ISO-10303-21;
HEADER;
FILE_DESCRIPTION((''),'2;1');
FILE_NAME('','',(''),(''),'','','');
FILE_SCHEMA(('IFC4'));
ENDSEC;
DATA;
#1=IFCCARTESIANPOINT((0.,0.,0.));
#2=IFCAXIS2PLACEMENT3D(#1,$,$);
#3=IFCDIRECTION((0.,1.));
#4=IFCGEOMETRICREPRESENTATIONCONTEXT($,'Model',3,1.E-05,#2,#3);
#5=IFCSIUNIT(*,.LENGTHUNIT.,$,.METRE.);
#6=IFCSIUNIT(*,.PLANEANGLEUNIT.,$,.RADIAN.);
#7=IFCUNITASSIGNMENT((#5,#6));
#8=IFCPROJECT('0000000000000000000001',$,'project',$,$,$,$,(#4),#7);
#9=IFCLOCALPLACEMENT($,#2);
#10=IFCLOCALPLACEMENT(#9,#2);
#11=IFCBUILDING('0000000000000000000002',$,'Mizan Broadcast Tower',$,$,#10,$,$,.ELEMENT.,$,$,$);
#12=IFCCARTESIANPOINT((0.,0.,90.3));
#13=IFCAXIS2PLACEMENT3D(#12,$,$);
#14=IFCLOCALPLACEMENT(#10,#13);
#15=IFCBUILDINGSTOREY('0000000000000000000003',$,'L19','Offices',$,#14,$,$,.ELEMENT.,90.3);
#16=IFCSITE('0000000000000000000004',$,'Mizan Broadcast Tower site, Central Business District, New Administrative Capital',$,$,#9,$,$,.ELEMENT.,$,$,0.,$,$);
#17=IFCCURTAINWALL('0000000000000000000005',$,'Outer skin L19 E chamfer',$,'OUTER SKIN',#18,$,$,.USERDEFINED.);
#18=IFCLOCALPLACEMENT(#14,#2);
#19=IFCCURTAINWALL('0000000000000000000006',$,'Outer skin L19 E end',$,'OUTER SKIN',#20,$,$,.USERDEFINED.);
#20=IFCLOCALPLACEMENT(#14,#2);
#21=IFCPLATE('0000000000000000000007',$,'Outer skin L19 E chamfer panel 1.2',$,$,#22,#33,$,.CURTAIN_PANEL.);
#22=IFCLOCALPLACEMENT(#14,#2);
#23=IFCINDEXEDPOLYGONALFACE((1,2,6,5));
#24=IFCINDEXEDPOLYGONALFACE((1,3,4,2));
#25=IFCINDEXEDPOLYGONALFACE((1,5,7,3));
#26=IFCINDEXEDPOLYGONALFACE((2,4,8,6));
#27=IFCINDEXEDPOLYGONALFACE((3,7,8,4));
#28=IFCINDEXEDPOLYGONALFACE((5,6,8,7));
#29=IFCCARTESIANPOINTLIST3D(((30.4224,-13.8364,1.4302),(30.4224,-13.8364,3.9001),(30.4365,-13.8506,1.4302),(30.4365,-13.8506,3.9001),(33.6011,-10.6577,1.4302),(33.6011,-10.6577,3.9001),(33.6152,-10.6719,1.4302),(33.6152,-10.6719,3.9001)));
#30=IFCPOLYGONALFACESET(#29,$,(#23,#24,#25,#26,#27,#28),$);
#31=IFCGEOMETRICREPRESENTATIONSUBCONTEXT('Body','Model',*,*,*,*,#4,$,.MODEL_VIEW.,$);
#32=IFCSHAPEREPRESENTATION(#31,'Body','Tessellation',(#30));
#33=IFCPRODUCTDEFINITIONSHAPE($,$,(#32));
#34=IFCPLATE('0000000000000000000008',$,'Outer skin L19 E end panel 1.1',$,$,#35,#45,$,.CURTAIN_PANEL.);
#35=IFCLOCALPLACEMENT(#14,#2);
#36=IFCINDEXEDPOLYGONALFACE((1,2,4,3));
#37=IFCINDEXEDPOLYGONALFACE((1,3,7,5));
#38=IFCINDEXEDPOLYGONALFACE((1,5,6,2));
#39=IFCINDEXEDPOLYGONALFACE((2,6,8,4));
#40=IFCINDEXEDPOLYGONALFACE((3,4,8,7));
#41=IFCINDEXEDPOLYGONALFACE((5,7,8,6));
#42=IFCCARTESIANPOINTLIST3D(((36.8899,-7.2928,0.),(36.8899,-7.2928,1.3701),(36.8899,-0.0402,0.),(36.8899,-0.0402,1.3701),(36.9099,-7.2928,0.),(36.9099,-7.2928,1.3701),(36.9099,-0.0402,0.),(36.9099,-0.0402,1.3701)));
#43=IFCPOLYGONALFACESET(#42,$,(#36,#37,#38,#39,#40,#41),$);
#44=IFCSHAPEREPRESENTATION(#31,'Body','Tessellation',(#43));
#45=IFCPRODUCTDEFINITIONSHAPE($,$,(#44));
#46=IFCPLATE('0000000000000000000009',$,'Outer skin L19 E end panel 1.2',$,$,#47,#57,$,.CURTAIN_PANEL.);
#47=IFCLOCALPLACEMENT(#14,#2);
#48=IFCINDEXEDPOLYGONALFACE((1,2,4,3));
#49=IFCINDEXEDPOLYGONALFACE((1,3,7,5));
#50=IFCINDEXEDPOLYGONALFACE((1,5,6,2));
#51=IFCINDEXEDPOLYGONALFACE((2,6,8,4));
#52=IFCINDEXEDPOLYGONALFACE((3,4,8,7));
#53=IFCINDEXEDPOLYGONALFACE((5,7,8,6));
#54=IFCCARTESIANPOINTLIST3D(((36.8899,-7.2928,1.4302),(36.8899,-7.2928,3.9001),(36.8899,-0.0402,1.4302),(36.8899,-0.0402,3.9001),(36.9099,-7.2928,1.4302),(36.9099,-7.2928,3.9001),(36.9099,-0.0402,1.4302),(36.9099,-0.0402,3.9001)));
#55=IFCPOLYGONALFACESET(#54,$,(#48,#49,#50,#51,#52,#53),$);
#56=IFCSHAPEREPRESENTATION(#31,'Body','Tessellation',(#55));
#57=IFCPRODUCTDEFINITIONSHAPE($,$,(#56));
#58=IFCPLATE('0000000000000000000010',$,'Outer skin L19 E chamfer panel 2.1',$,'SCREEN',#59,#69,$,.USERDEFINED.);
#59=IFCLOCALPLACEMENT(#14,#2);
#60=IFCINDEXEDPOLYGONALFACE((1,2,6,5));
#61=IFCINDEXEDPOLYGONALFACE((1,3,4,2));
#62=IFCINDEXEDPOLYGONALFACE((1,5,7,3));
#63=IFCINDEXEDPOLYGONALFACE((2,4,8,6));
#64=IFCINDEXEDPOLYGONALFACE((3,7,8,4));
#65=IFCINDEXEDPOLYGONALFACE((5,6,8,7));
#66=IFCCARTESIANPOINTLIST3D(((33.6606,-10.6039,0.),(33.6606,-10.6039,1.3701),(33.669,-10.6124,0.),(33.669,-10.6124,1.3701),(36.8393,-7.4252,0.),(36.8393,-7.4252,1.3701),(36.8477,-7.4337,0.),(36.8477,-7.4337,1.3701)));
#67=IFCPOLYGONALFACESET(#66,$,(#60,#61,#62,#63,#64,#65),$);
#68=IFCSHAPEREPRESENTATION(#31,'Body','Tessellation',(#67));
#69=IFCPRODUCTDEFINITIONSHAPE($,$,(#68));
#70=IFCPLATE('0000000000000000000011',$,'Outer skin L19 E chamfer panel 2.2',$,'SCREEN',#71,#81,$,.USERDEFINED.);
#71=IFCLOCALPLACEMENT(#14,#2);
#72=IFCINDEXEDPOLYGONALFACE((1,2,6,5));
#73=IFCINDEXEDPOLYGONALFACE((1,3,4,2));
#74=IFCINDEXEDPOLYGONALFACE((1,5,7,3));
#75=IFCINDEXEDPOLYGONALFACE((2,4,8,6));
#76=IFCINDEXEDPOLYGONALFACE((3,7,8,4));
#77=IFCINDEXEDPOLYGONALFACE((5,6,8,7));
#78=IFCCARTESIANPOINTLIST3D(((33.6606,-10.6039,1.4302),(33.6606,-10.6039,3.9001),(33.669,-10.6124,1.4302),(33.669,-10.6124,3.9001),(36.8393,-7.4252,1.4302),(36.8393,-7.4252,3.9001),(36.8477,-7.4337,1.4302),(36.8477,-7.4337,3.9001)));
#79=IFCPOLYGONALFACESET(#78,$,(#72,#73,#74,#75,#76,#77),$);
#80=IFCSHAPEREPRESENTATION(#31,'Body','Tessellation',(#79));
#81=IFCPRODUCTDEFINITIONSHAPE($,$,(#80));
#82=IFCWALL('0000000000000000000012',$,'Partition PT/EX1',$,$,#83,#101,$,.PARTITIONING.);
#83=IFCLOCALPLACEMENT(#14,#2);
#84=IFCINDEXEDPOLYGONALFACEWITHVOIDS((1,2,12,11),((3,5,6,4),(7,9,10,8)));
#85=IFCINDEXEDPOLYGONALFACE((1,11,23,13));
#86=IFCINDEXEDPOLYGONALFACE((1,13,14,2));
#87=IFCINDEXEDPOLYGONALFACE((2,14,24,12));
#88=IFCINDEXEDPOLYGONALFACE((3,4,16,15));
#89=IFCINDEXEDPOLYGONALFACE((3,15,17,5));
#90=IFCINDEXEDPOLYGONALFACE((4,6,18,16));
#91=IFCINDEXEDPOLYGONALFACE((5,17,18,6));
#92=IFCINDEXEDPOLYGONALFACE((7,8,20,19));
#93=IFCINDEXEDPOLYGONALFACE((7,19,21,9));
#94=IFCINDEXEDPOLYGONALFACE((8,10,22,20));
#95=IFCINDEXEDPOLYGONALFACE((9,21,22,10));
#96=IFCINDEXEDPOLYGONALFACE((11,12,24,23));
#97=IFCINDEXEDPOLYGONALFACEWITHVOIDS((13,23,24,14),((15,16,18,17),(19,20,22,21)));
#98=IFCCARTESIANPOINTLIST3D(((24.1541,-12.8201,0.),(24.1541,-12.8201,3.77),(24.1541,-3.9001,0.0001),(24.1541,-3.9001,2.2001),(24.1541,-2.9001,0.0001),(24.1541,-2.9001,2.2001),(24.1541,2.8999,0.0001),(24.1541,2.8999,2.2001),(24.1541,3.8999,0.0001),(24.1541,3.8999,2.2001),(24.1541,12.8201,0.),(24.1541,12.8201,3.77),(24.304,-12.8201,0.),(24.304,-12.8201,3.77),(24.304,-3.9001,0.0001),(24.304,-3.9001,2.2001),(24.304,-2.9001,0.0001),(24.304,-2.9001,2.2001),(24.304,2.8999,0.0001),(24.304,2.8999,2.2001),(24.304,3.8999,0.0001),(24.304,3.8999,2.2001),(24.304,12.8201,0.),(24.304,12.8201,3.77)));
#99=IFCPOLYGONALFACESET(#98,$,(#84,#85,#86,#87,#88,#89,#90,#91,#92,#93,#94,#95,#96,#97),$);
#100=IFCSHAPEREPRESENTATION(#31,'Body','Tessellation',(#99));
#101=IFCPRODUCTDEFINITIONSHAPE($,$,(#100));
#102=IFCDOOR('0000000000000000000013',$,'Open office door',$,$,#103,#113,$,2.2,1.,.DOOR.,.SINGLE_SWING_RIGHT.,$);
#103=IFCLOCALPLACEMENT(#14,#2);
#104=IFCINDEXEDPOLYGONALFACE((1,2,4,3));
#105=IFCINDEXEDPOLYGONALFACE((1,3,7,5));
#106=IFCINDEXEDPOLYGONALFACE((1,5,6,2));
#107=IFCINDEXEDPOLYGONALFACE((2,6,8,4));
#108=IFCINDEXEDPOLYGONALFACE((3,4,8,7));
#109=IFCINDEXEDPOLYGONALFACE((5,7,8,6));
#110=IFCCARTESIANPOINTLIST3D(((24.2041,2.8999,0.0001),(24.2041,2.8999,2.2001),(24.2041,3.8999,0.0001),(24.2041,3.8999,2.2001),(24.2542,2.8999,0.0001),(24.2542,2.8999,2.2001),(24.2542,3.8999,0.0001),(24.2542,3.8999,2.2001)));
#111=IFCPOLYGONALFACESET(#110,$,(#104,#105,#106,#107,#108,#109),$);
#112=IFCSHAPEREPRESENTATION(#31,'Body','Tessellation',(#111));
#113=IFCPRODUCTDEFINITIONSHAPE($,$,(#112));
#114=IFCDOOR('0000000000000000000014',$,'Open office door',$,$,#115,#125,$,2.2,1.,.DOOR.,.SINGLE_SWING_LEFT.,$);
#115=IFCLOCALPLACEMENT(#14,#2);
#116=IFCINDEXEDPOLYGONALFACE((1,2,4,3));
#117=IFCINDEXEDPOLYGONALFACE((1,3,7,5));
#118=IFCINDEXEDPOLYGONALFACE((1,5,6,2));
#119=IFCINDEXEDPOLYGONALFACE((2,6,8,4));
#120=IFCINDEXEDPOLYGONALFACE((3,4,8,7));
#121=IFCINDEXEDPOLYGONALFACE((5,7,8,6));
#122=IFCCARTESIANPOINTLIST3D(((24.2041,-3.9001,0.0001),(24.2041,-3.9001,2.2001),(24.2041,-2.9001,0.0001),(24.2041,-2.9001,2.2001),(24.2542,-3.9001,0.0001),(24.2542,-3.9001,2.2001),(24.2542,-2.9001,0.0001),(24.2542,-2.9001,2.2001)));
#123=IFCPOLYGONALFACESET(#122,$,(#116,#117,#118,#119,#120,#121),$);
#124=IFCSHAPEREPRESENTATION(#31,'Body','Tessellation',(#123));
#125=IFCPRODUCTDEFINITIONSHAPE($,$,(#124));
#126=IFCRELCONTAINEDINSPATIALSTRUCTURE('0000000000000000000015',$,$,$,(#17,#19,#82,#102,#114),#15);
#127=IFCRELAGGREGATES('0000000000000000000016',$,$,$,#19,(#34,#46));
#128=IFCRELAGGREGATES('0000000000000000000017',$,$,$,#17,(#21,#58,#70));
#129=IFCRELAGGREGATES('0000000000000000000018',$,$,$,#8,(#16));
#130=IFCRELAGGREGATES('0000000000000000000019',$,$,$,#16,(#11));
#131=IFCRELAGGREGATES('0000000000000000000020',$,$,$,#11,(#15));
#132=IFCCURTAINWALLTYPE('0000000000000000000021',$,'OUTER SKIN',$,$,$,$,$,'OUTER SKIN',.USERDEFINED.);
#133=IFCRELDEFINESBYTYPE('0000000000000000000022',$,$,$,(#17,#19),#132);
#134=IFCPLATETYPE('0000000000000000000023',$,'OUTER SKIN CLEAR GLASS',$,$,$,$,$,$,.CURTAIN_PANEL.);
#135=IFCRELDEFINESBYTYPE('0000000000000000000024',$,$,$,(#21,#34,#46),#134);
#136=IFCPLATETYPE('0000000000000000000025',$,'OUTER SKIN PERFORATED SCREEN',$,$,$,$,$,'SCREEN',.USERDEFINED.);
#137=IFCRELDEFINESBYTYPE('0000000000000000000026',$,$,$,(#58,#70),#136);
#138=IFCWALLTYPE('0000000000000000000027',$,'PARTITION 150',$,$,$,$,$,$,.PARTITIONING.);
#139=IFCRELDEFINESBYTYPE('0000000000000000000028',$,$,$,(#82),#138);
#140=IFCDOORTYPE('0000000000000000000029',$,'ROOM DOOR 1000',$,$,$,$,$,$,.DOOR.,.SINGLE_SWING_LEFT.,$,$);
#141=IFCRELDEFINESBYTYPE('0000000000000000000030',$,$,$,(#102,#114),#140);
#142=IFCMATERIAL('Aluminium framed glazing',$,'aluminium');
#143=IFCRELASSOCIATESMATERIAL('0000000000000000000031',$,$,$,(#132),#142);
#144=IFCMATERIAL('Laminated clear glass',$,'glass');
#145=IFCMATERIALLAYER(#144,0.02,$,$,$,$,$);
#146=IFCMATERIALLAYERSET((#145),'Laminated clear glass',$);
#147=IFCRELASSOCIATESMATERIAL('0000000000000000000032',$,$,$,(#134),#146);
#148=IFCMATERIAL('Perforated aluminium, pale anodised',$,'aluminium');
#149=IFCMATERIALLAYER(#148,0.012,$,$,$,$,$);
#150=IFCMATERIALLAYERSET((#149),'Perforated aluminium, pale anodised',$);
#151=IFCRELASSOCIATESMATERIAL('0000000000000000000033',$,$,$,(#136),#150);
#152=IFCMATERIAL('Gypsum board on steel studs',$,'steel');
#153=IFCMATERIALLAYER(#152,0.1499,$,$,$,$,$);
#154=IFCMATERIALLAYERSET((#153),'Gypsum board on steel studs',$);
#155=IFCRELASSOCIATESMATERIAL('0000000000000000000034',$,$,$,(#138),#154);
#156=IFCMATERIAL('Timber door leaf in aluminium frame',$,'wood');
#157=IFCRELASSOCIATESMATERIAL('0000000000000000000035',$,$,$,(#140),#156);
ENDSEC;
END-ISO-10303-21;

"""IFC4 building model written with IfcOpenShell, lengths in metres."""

from ifc_helpers import new_model, si_unit, direction, frame, frame_2d, origin, origin_2d, place, context, subcontext, project, spatial, rectangle, extrude, material, layer, layer_set, type_object, element, fill, aggregate, save


model = new_model("IFC4")

# Units and contexts
model_context = context("Model", 3, precision=1e-05, world=origin(), true_north=direction((0.0, 1.0)))
body_context = subcontext(model_context, "Body", "Model", "MODEL_VIEW")
ifc_project = project(units=[si_unit("LENGTHUNIT", "METRE"), si_unit("PLANEANGLEUNIT", "RADIAN")], contexts=[model_context])

# Site, building, storey
site_placement = place(None, origin())
site = spatial("IfcSite", under=ifc_project, at=site_placement, Name="Mizan Broadcast Tower site, Central Business District, New Administrative Capital", CompositionType="ELEMENT", RefElevation=0.0)
building_placement = place(site_placement, origin())
building = spatial("IfcBuilding", under=site, at=building_placement, Name="Mizan Broadcast Tower", CompositionType="ELEMENT")
storey_placement = place(building_placement, frame((0.0, 0.0, 90.3)))
storey = spatial("IfcBuildingStorey", under=building, at=storey_placement, Name="L19", Description="Offices", CompositionType="ELEMENT", Elevation=90.3)

# Curtain wall
ifc_material_1 = material(Name="Aluminium framed glazing", Category="aluminium")
curtain_wall_type_1 = type_object("IfcCurtainWallType", Name="OUTER SKIN", ElementType="OUTER SKIN", PredefinedType="USERDEFINED", material=ifc_material_1)
curtain_wall_1_placement = place(storey_placement, origin())
curtain_wall_1 = element("IfcCurtainWall", 1, at=curtain_wall_1_placement, inside=storey, type_object=curtain_wall_type_1, Name="Outer skin L19 E chamfer", ObjectType="OUTER SKIN", PredefinedType="USERDEFINED")

# Curtain wall
curtain_wall_2_placement = place(storey_placement, origin())
curtain_wall_2 = element("IfcCurtainWall", 2, at=curtain_wall_2_placement, inside=storey, type_object=curtain_wall_type_1, Name="Outer skin L19 E end", ObjectType="OUTER SKIN", PredefinedType="USERDEFINED")

# Plates
ifc_material_2 = material(Name="Laminated clear glass", Category="glass")
ifc_layer_1 = layer(ifc_material_2, 0.02)
ifc_layer_set_1 = layer_set([ifc_layer_1], Name="Laminated clear glass")
plate_type_1 = type_object("IfcPlateType", Name="OUTER SKIN CLEAR GLASS", PredefinedType="CURTAIN_PANEL", material=ifc_layer_set_1)
plate_1_placement = place(storey_placement, frame((32.0188, -12.2542, 1.4302), z_axis=(0.0, 0.0, 1.0), x_axis=(0.707107, 0.707107, 0.0)))
plate_1 = element("IfcPlate", 3, at=plate_1_placement, type_object=plate_type_1, Name="Outer skin L19 E chamfer panel 1.2", PredefinedType="CURTAIN_PANEL", context=body_context, shape_type="SweptSolid", body=[
    extrude(rectangle(XDim=4.4954, YDim=0.02, at=origin_2d()), origin(), (0.0, 0.0, 1.0), 2.47),
])
plate_2_placement = place(storey_placement, frame((36.8999, -3.6665, 0.0), z_axis=(0.0, 0.0, 1.0), x_axis=(0.0, 1.0, 0.0)))
plate_2 = element("IfcPlate", 4, at=plate_2_placement, type_object=plate_type_1, Name="Outer skin L19 E end panel 1.1", PredefinedType="CURTAIN_PANEL", context=body_context, shape_type="SweptSolid", body=[
    extrude(rectangle(XDim=7.2527, YDim=0.02, at=origin_2d()), origin(), (0.0, 0.0, 1.0), 1.3701),
])
plate_3_placement = place(storey_placement, frame((36.8999, -3.6665, 1.4302), z_axis=(0.0, 0.0, 1.0), x_axis=(0.0, 1.0, 0.0)))
plate_3 = element("IfcPlate", 5, at=plate_3_placement, type_object=plate_type_1, Name="Outer skin L19 E end panel 1.2", PredefinedType="CURTAIN_PANEL", context=body_context, shape_type="SweptSolid", body=[
    extrude(rectangle(XDim=7.2527, YDim=0.02, at=origin_2d()), origin(), (0.0, 0.0, 1.0), 2.47),
])
aggregate(curtain_wall_2, [plate_2, plate_3])
ifc_material_3 = material(Name="Perforated aluminium, pale anodised", Category="aluminium")
ifc_layer_2 = layer(ifc_material_3, 0.012)
ifc_layer_set_2 = layer_set([ifc_layer_2], Name="Perforated aluminium, pale anodised")
plate_type_2 = type_object("IfcPlateType", Name="OUTER SKIN PERFORATED SCREEN", ElementType="SCREEN", PredefinedType="USERDEFINED", material=ifc_layer_set_2)
plate_4_placement = place(storey_placement, frame((35.2542, -9.0188, 0.0), z_axis=(0.0, 0.0, 1.0), x_axis=(0.707107, 0.707107, 0.0)))
plate_4 = element("IfcPlate", 6, at=plate_4_placement, type_object=plate_type_2, Name="Outer skin L19 E chamfer panel 2.1", ObjectType="SCREEN", PredefinedType="USERDEFINED", context=body_context, shape_type="SweptSolid", body=[
    extrude(rectangle(XDim=4.4954, YDim=0.012, at=origin_2d()), origin(), (0.0, 0.0, 1.0), 1.3701),
])
plate_5_placement = place(storey_placement, frame((35.2542, -9.0188, 1.4302), z_axis=(0.0, 0.0, 1.0), x_axis=(0.707107, 0.707107, 0.0)))
plate_5 = element("IfcPlate", 7, at=plate_5_placement, type_object=plate_type_2, Name="Outer skin L19 E chamfer panel 2.2", ObjectType="SCREEN", PredefinedType="USERDEFINED", context=body_context, shape_type="SweptSolid", body=[
    extrude(rectangle(XDim=4.4954, YDim=0.012, at=origin_2d()), origin(), (0.0, 0.0, 1.0), 2.47),
])
aggregate(curtain_wall_1, [plate_1, plate_4, plate_5])

# Wall, openings, doors
ifc_material_4 = material(Name="Gypsum board on steel studs", Category="steel")
ifc_layer_3 = layer(ifc_material_4, 0.1499)
ifc_layer_set_3 = layer_set([ifc_layer_3], Name="Gypsum board on steel studs")
wall_type = type_object("IfcWallType", Name="PARTITION 150", PredefinedType="PARTITIONING", material=ifc_layer_set_3)
wall_placement = place(storey_placement, frame((24.229, -12.8201, 0.0), z_axis=(0.0, 0.0, 1.0), x_axis=(0.0, 1.0, 0.0)))
wall = element("IfcWall", 8, at=wall_placement, inside=storey, type_object=wall_type, Name="Partition PT/EX1", PredefinedType="PARTITIONING", context=body_context, shape_type="SweptSolid", body=[
    extrude(rectangle(XDim=25.6401, YDim=0.1499, at=frame_2d((12.8201, 0.0))), origin(), (0.0, 0.0, 1.0), 3.77),
])
opening_1_placement = place(wall_placement, frame((15.72, 0.0, 0.0)))
opening_1 = element("IfcOpeningElement", 9, at=opening_1_placement, cuts=wall, PredefinedType="OPENING", context=body_context, shape_type="SweptSolid", body=[
    extrude(rectangle(XDim=1.0, YDim=2.2, at=frame_2d((0.5, 1.1001))), frame((0.0, 0.085, 0.0), z_axis=(0.0, -1.0, 0.0), x_axis=(1.0, 0.0, 0.0)), (0.0, 0.0, 1.0), 0.1699),
])
opening_2_placement = place(wall_placement, frame((8.9199, 0.0, 0.0)))
opening_2 = element("IfcOpeningElement", 10, at=opening_2_placement, cuts=wall, PredefinedType="OPENING", context=body_context, shape_type="SweptSolid", body=[
    extrude(rectangle(XDim=1.0, YDim=2.2, at=frame_2d((0.5, 1.1001))), frame((0.0, 0.085, 0.0), z_axis=(0.0, -1.0, 0.0), x_axis=(1.0, 0.0, 0.0)), (0.0, 0.0, 1.0), 0.1699),
])
ifc_material_5 = material(Name="Timber door leaf in aluminium frame", Category="wood")
door_type = type_object("IfcDoorType", Name="ROOM DOOR 1000", OperationType="SINGLE_SWING_LEFT", PredefinedType="DOOR", material=ifc_material_5)
door_1_placement = place(opening_1_placement, origin())
door_1 = element("IfcDoor", 11, at=door_1_placement, inside=storey, type_object=door_type, Name="Open office door", OperationType="SINGLE_SWING_RIGHT", OverallHeight=2.2, OverallWidth=1.0, PredefinedType="DOOR", context=body_context, shape_type="SweptSolid", body=[
    extrude(rectangle(XDim=1.0, YDim=2.2, at=frame_2d((0.5, 1.1001))), frame((0.0, 0.0249, 0.0), z_axis=(0.0, -1.0, 0.0), x_axis=(1.0, 0.0, 0.0)), (0.0, 0.0, 1.0), 0.05),
])
fill(opening_1, door_1)
door_2_placement = place(opening_2_placement, origin())
door_2 = element("IfcDoor", 12, at=door_2_placement, inside=storey, type_object=door_type, Name="Open office door", OperationType="SINGLE_SWING_LEFT", OverallHeight=2.2, OverallWidth=1.0, PredefinedType="DOOR", context=body_context, shape_type="SweptSolid", body=[
    extrude(rectangle(XDim=1.0, YDim=2.2, at=frame_2d((0.5, 1.1001))), frame((0.0, 0.0249, 0.0), z_axis=(0.0, -1.0, 0.0), x_axis=(1.0, 0.0, 0.0)), (0.0, 0.0, 1.0), 0.05),
])
fill(opening_2, door_2)

save(model, "model.ifc")
